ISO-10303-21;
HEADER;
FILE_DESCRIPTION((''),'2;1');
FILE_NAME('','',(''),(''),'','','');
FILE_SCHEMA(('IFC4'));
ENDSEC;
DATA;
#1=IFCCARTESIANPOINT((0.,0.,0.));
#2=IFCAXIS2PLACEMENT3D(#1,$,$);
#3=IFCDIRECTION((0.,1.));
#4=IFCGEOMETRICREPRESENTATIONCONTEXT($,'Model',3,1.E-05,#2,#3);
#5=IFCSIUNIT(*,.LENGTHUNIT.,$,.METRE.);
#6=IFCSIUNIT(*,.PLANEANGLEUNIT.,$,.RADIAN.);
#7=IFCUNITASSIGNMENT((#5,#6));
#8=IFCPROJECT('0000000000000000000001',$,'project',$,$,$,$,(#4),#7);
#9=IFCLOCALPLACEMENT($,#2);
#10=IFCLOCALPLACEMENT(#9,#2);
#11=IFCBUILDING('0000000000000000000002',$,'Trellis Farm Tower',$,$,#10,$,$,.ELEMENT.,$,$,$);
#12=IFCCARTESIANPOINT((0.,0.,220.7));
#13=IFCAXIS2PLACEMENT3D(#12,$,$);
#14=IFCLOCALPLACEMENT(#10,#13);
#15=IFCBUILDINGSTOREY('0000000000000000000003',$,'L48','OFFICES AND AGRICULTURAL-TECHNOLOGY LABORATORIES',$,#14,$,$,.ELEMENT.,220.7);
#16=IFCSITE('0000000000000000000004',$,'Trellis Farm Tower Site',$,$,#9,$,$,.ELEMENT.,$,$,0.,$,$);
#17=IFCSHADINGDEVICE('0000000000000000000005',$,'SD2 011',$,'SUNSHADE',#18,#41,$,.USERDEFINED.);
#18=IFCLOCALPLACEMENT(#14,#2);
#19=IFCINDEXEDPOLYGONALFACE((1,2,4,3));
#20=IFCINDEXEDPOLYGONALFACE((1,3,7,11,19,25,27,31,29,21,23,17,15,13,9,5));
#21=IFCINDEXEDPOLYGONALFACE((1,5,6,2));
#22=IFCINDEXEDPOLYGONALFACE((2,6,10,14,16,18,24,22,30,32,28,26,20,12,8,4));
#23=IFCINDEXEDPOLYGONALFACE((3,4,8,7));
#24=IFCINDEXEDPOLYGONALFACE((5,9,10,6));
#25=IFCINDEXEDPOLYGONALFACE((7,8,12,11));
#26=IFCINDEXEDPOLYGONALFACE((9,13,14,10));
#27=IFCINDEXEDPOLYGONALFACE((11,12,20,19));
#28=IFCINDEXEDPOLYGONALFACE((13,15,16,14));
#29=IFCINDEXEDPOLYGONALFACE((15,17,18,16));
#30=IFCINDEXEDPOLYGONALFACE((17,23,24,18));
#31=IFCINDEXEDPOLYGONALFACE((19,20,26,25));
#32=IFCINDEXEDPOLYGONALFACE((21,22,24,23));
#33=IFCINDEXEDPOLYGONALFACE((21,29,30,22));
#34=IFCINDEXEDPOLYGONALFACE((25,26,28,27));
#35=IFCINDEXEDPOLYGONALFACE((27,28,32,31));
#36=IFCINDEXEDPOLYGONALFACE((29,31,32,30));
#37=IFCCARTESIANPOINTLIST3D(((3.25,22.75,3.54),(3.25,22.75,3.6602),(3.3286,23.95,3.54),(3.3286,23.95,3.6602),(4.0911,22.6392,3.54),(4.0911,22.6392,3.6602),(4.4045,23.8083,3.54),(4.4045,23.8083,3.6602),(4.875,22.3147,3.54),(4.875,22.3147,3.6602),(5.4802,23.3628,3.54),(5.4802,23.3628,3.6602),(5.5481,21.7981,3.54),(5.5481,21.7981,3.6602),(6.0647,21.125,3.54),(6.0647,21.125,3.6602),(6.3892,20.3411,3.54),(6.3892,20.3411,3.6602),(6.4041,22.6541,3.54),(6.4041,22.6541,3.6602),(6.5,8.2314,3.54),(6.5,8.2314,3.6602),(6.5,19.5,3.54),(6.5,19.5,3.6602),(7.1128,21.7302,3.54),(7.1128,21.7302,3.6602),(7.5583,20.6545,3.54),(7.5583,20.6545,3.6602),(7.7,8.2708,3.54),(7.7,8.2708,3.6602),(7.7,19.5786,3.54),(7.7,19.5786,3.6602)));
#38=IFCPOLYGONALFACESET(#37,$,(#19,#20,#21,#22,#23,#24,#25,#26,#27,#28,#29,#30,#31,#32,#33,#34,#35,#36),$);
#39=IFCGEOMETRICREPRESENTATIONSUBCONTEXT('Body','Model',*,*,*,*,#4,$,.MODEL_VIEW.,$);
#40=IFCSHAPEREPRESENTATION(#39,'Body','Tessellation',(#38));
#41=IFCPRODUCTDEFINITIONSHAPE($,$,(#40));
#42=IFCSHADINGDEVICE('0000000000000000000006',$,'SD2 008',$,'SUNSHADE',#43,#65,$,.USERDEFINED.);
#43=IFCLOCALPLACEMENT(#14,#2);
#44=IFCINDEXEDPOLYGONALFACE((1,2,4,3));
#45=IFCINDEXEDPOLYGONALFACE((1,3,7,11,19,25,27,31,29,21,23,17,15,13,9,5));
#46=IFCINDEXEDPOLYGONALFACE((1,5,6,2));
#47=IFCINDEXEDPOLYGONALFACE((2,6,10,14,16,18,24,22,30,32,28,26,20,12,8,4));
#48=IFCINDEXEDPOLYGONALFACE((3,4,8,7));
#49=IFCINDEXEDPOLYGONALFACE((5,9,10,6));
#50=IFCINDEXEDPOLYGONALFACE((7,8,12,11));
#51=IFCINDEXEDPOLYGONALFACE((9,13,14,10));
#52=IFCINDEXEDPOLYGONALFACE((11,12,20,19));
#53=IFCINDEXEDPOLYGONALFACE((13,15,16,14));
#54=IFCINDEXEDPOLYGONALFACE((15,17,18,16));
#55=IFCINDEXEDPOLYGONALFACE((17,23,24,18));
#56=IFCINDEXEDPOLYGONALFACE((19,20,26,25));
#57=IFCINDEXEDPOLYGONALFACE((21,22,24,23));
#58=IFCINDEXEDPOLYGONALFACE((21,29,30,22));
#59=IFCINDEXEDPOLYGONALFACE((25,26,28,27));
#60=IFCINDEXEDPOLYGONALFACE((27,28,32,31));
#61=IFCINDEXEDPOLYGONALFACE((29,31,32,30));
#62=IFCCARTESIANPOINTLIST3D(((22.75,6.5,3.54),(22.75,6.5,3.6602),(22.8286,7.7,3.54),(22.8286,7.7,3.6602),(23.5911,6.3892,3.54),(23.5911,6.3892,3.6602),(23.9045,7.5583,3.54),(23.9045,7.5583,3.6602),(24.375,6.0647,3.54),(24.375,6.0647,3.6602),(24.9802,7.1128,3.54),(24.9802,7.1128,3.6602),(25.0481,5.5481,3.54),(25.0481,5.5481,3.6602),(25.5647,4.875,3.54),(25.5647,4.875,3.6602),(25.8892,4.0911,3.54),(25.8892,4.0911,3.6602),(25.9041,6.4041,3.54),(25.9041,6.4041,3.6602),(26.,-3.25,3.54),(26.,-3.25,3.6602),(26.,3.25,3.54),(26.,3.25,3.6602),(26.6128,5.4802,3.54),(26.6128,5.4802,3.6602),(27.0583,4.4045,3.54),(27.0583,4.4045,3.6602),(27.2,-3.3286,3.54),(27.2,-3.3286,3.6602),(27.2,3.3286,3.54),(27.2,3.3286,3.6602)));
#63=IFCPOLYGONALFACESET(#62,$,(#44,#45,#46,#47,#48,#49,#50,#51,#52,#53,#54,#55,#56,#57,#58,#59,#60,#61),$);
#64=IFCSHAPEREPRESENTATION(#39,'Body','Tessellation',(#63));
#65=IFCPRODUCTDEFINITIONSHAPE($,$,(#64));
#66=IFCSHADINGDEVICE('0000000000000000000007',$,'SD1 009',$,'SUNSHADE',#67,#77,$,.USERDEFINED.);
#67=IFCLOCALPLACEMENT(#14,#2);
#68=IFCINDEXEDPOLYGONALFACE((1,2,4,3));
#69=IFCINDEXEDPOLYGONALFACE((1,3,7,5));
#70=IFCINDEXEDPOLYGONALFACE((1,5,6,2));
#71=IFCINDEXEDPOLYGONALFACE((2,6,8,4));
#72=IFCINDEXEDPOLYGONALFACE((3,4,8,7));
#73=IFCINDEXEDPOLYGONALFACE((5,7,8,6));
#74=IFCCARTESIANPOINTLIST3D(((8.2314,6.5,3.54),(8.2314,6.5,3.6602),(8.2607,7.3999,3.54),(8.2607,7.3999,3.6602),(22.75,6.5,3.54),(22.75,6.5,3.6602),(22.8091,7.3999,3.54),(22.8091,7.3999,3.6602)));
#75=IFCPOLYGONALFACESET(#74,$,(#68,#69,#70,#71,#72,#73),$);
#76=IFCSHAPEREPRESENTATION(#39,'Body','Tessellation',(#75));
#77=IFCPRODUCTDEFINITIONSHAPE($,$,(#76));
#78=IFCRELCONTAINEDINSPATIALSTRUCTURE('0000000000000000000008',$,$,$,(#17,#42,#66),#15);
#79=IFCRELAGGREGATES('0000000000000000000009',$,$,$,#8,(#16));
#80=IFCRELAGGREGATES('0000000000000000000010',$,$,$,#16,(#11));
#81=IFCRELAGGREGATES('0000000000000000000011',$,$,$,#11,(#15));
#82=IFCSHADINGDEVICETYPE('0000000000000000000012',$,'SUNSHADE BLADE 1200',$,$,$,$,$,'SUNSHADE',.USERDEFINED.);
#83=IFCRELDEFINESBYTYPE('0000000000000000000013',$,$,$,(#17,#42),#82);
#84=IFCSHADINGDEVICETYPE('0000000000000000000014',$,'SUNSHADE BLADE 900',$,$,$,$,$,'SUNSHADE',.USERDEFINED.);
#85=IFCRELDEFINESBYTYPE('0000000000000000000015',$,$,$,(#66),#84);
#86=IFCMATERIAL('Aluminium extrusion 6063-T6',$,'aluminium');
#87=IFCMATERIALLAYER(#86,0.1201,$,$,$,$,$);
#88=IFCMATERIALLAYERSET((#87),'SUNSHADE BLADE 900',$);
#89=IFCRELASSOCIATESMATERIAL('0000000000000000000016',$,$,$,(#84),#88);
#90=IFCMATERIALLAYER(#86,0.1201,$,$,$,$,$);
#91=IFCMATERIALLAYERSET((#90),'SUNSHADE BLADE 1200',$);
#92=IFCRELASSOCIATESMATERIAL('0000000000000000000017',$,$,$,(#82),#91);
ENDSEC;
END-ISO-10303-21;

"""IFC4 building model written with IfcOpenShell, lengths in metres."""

from ifc_helpers import new_model, si_unit, direction, frame, origin, place, context, subcontext, project, spatial, polyline, outline, extrude, source, transform, mapped, material, layer, layer_set, type_object, element, save


model = new_model("IFC4")

# Units and contexts
model_context = context("Model", 3, precision=1e-05, world=origin(), true_north=direction((0.0, 1.0)))
body_context = subcontext(model_context, "Body", "Model", "MODEL_VIEW")
ifc_project = project(units=[si_unit("LENGTHUNIT", "METRE"), si_unit("PLANEANGLEUNIT", "RADIAN")], contexts=[model_context])

# Site, building, storey
site_placement = place(None, origin())
site = spatial("IfcSite", under=ifc_project, at=site_placement, Name="Trellis Farm Tower Site", CompositionType="ELEMENT", RefElevation=0.0)
building_placement = place(site_placement, origin())
building = spatial("IfcBuilding", under=site, at=building_placement, Name="Trellis Farm Tower", CompositionType="ELEMENT")
storey_placement = place(building_placement, frame((0.0, 0.0, 220.7)))
storey = spatial("IfcBuildingStorey", under=building, at=storey_placement, Name="L48", Description="OFFICES AND AGRICULTURAL-TECHNOLOGY LABORATORIES", CompositionType="ELEMENT", Elevation=220.7)

# Shared definitions
ifc_material_1 = material(Name="Aluminium extrusion 6063-T6", Category="aluminium")

# Shading devices
ifc_layer_1 = layer(ifc_material_1, 0.1201)
ifc_layer_set_1 = layer_set([ifc_layer_1], Name="SUNSHADE BLADE 900")
shading_device_type_1 = type_object("IfcShadingDeviceType", Name="SUNSHADE BLADE 900", ElementType="SUNSHADE", PredefinedType="USERDEFINED", material=ifc_layer_set_1)
placement_1 = place(storey_placement, frame((0.0, 0.0, 3.54)))
ifc_layer_2 = layer(ifc_material_1, 0.1201)
ifc_layer_set_2 = layer_set([ifc_layer_2], Name="SUNSHADE BLADE 1200")
shading_device_type_2 = type_object("IfcShadingDeviceType", Name="SUNSHADE BLADE 1200", ElementType="SUNSHADE", PredefinedType="USERDEFINED", material=ifc_layer_set_2)
shared_shape_1 = source(origin(), body_context, "Body", "SweptSolid", [
    extrude(outline(polyline([(7.7, 8.2708), (7.7, 19.5786), (7.5583, 20.6545), (7.1128, 21.7302), (6.4041, 22.6541), (5.4802, 23.3628), (4.4045, 23.8083), (3.3286, 23.95), (3.25, 22.75), (4.0911, 22.6392), (4.875, 22.3147), (5.5481, 21.7981), (6.0647, 21.125), (6.3892, 20.3411), (6.5, 19.5), (6.5, 8.2314), (7.7, 8.2708)])), origin(), (0.0, 0.0, 1.0), 0.1201),
])
element("IfcShadingDevice", 1, at=placement_1, inside=storey, type_object=shading_device_type_2, Name="SD2 011", ObjectType="SUNSHADE", PredefinedType="USERDEFINED", context=body_context, shape_type="MappedRepresentation", body=[
    mapped(shared_shape_1, transform((0.0, 0.0, 0.0))),
])
shared_shape_2 = source(origin(), body_context, "Body", "SweptSolid", [
    extrude(outline(polyline([(27.2, -3.3286), (27.2, 3.3286), (27.0583, 4.4045), (26.6128, 5.4802), (25.9041, 6.4041), (24.9802, 7.1128), (23.9045, 7.5583), (22.8286, 7.7), (22.75, 6.5), (23.5911, 6.3892), (24.375, 6.0647), (25.0481, 5.5481), (25.5647, 4.875), (25.8892, 4.0911), (26.0, 3.25), (26.0, -3.25), (27.2, -3.3286)])), origin(), (0.0, 0.0, 1.0), 0.1201),
])
element("IfcShadingDevice", 2, at=placement_1, inside=storey, type_object=shading_device_type_2, Name="SD2 008", ObjectType="SUNSHADE", PredefinedType="USERDEFINED", context=body_context, shape_type="MappedRepresentation", body=[
    mapped(shared_shape_2, transform((0.0, 0.0, 0.0))),
])
shared_shape_3 = source(origin(), body_context, "Body", "SweptSolid", [
    extrude(outline(polyline([(22.8091, 7.3999), (8.2607, 7.3999), (8.2314, 6.5), (22.75, 6.5), (22.8091, 7.3999)])), origin(), (0.0, 0.0, 1.0), 0.1201),
])
element("IfcShadingDevice", 3, at=placement_1, inside=storey, type_object=shading_device_type_1, Name="SD1 009", ObjectType="SUNSHADE", PredefinedType="USERDEFINED", context=body_context, shape_type="MappedRepresentation", body=[
    mapped(shared_shape_3, transform((0.0, 0.0, 0.0))),
])

save(model, "model.ifc")
